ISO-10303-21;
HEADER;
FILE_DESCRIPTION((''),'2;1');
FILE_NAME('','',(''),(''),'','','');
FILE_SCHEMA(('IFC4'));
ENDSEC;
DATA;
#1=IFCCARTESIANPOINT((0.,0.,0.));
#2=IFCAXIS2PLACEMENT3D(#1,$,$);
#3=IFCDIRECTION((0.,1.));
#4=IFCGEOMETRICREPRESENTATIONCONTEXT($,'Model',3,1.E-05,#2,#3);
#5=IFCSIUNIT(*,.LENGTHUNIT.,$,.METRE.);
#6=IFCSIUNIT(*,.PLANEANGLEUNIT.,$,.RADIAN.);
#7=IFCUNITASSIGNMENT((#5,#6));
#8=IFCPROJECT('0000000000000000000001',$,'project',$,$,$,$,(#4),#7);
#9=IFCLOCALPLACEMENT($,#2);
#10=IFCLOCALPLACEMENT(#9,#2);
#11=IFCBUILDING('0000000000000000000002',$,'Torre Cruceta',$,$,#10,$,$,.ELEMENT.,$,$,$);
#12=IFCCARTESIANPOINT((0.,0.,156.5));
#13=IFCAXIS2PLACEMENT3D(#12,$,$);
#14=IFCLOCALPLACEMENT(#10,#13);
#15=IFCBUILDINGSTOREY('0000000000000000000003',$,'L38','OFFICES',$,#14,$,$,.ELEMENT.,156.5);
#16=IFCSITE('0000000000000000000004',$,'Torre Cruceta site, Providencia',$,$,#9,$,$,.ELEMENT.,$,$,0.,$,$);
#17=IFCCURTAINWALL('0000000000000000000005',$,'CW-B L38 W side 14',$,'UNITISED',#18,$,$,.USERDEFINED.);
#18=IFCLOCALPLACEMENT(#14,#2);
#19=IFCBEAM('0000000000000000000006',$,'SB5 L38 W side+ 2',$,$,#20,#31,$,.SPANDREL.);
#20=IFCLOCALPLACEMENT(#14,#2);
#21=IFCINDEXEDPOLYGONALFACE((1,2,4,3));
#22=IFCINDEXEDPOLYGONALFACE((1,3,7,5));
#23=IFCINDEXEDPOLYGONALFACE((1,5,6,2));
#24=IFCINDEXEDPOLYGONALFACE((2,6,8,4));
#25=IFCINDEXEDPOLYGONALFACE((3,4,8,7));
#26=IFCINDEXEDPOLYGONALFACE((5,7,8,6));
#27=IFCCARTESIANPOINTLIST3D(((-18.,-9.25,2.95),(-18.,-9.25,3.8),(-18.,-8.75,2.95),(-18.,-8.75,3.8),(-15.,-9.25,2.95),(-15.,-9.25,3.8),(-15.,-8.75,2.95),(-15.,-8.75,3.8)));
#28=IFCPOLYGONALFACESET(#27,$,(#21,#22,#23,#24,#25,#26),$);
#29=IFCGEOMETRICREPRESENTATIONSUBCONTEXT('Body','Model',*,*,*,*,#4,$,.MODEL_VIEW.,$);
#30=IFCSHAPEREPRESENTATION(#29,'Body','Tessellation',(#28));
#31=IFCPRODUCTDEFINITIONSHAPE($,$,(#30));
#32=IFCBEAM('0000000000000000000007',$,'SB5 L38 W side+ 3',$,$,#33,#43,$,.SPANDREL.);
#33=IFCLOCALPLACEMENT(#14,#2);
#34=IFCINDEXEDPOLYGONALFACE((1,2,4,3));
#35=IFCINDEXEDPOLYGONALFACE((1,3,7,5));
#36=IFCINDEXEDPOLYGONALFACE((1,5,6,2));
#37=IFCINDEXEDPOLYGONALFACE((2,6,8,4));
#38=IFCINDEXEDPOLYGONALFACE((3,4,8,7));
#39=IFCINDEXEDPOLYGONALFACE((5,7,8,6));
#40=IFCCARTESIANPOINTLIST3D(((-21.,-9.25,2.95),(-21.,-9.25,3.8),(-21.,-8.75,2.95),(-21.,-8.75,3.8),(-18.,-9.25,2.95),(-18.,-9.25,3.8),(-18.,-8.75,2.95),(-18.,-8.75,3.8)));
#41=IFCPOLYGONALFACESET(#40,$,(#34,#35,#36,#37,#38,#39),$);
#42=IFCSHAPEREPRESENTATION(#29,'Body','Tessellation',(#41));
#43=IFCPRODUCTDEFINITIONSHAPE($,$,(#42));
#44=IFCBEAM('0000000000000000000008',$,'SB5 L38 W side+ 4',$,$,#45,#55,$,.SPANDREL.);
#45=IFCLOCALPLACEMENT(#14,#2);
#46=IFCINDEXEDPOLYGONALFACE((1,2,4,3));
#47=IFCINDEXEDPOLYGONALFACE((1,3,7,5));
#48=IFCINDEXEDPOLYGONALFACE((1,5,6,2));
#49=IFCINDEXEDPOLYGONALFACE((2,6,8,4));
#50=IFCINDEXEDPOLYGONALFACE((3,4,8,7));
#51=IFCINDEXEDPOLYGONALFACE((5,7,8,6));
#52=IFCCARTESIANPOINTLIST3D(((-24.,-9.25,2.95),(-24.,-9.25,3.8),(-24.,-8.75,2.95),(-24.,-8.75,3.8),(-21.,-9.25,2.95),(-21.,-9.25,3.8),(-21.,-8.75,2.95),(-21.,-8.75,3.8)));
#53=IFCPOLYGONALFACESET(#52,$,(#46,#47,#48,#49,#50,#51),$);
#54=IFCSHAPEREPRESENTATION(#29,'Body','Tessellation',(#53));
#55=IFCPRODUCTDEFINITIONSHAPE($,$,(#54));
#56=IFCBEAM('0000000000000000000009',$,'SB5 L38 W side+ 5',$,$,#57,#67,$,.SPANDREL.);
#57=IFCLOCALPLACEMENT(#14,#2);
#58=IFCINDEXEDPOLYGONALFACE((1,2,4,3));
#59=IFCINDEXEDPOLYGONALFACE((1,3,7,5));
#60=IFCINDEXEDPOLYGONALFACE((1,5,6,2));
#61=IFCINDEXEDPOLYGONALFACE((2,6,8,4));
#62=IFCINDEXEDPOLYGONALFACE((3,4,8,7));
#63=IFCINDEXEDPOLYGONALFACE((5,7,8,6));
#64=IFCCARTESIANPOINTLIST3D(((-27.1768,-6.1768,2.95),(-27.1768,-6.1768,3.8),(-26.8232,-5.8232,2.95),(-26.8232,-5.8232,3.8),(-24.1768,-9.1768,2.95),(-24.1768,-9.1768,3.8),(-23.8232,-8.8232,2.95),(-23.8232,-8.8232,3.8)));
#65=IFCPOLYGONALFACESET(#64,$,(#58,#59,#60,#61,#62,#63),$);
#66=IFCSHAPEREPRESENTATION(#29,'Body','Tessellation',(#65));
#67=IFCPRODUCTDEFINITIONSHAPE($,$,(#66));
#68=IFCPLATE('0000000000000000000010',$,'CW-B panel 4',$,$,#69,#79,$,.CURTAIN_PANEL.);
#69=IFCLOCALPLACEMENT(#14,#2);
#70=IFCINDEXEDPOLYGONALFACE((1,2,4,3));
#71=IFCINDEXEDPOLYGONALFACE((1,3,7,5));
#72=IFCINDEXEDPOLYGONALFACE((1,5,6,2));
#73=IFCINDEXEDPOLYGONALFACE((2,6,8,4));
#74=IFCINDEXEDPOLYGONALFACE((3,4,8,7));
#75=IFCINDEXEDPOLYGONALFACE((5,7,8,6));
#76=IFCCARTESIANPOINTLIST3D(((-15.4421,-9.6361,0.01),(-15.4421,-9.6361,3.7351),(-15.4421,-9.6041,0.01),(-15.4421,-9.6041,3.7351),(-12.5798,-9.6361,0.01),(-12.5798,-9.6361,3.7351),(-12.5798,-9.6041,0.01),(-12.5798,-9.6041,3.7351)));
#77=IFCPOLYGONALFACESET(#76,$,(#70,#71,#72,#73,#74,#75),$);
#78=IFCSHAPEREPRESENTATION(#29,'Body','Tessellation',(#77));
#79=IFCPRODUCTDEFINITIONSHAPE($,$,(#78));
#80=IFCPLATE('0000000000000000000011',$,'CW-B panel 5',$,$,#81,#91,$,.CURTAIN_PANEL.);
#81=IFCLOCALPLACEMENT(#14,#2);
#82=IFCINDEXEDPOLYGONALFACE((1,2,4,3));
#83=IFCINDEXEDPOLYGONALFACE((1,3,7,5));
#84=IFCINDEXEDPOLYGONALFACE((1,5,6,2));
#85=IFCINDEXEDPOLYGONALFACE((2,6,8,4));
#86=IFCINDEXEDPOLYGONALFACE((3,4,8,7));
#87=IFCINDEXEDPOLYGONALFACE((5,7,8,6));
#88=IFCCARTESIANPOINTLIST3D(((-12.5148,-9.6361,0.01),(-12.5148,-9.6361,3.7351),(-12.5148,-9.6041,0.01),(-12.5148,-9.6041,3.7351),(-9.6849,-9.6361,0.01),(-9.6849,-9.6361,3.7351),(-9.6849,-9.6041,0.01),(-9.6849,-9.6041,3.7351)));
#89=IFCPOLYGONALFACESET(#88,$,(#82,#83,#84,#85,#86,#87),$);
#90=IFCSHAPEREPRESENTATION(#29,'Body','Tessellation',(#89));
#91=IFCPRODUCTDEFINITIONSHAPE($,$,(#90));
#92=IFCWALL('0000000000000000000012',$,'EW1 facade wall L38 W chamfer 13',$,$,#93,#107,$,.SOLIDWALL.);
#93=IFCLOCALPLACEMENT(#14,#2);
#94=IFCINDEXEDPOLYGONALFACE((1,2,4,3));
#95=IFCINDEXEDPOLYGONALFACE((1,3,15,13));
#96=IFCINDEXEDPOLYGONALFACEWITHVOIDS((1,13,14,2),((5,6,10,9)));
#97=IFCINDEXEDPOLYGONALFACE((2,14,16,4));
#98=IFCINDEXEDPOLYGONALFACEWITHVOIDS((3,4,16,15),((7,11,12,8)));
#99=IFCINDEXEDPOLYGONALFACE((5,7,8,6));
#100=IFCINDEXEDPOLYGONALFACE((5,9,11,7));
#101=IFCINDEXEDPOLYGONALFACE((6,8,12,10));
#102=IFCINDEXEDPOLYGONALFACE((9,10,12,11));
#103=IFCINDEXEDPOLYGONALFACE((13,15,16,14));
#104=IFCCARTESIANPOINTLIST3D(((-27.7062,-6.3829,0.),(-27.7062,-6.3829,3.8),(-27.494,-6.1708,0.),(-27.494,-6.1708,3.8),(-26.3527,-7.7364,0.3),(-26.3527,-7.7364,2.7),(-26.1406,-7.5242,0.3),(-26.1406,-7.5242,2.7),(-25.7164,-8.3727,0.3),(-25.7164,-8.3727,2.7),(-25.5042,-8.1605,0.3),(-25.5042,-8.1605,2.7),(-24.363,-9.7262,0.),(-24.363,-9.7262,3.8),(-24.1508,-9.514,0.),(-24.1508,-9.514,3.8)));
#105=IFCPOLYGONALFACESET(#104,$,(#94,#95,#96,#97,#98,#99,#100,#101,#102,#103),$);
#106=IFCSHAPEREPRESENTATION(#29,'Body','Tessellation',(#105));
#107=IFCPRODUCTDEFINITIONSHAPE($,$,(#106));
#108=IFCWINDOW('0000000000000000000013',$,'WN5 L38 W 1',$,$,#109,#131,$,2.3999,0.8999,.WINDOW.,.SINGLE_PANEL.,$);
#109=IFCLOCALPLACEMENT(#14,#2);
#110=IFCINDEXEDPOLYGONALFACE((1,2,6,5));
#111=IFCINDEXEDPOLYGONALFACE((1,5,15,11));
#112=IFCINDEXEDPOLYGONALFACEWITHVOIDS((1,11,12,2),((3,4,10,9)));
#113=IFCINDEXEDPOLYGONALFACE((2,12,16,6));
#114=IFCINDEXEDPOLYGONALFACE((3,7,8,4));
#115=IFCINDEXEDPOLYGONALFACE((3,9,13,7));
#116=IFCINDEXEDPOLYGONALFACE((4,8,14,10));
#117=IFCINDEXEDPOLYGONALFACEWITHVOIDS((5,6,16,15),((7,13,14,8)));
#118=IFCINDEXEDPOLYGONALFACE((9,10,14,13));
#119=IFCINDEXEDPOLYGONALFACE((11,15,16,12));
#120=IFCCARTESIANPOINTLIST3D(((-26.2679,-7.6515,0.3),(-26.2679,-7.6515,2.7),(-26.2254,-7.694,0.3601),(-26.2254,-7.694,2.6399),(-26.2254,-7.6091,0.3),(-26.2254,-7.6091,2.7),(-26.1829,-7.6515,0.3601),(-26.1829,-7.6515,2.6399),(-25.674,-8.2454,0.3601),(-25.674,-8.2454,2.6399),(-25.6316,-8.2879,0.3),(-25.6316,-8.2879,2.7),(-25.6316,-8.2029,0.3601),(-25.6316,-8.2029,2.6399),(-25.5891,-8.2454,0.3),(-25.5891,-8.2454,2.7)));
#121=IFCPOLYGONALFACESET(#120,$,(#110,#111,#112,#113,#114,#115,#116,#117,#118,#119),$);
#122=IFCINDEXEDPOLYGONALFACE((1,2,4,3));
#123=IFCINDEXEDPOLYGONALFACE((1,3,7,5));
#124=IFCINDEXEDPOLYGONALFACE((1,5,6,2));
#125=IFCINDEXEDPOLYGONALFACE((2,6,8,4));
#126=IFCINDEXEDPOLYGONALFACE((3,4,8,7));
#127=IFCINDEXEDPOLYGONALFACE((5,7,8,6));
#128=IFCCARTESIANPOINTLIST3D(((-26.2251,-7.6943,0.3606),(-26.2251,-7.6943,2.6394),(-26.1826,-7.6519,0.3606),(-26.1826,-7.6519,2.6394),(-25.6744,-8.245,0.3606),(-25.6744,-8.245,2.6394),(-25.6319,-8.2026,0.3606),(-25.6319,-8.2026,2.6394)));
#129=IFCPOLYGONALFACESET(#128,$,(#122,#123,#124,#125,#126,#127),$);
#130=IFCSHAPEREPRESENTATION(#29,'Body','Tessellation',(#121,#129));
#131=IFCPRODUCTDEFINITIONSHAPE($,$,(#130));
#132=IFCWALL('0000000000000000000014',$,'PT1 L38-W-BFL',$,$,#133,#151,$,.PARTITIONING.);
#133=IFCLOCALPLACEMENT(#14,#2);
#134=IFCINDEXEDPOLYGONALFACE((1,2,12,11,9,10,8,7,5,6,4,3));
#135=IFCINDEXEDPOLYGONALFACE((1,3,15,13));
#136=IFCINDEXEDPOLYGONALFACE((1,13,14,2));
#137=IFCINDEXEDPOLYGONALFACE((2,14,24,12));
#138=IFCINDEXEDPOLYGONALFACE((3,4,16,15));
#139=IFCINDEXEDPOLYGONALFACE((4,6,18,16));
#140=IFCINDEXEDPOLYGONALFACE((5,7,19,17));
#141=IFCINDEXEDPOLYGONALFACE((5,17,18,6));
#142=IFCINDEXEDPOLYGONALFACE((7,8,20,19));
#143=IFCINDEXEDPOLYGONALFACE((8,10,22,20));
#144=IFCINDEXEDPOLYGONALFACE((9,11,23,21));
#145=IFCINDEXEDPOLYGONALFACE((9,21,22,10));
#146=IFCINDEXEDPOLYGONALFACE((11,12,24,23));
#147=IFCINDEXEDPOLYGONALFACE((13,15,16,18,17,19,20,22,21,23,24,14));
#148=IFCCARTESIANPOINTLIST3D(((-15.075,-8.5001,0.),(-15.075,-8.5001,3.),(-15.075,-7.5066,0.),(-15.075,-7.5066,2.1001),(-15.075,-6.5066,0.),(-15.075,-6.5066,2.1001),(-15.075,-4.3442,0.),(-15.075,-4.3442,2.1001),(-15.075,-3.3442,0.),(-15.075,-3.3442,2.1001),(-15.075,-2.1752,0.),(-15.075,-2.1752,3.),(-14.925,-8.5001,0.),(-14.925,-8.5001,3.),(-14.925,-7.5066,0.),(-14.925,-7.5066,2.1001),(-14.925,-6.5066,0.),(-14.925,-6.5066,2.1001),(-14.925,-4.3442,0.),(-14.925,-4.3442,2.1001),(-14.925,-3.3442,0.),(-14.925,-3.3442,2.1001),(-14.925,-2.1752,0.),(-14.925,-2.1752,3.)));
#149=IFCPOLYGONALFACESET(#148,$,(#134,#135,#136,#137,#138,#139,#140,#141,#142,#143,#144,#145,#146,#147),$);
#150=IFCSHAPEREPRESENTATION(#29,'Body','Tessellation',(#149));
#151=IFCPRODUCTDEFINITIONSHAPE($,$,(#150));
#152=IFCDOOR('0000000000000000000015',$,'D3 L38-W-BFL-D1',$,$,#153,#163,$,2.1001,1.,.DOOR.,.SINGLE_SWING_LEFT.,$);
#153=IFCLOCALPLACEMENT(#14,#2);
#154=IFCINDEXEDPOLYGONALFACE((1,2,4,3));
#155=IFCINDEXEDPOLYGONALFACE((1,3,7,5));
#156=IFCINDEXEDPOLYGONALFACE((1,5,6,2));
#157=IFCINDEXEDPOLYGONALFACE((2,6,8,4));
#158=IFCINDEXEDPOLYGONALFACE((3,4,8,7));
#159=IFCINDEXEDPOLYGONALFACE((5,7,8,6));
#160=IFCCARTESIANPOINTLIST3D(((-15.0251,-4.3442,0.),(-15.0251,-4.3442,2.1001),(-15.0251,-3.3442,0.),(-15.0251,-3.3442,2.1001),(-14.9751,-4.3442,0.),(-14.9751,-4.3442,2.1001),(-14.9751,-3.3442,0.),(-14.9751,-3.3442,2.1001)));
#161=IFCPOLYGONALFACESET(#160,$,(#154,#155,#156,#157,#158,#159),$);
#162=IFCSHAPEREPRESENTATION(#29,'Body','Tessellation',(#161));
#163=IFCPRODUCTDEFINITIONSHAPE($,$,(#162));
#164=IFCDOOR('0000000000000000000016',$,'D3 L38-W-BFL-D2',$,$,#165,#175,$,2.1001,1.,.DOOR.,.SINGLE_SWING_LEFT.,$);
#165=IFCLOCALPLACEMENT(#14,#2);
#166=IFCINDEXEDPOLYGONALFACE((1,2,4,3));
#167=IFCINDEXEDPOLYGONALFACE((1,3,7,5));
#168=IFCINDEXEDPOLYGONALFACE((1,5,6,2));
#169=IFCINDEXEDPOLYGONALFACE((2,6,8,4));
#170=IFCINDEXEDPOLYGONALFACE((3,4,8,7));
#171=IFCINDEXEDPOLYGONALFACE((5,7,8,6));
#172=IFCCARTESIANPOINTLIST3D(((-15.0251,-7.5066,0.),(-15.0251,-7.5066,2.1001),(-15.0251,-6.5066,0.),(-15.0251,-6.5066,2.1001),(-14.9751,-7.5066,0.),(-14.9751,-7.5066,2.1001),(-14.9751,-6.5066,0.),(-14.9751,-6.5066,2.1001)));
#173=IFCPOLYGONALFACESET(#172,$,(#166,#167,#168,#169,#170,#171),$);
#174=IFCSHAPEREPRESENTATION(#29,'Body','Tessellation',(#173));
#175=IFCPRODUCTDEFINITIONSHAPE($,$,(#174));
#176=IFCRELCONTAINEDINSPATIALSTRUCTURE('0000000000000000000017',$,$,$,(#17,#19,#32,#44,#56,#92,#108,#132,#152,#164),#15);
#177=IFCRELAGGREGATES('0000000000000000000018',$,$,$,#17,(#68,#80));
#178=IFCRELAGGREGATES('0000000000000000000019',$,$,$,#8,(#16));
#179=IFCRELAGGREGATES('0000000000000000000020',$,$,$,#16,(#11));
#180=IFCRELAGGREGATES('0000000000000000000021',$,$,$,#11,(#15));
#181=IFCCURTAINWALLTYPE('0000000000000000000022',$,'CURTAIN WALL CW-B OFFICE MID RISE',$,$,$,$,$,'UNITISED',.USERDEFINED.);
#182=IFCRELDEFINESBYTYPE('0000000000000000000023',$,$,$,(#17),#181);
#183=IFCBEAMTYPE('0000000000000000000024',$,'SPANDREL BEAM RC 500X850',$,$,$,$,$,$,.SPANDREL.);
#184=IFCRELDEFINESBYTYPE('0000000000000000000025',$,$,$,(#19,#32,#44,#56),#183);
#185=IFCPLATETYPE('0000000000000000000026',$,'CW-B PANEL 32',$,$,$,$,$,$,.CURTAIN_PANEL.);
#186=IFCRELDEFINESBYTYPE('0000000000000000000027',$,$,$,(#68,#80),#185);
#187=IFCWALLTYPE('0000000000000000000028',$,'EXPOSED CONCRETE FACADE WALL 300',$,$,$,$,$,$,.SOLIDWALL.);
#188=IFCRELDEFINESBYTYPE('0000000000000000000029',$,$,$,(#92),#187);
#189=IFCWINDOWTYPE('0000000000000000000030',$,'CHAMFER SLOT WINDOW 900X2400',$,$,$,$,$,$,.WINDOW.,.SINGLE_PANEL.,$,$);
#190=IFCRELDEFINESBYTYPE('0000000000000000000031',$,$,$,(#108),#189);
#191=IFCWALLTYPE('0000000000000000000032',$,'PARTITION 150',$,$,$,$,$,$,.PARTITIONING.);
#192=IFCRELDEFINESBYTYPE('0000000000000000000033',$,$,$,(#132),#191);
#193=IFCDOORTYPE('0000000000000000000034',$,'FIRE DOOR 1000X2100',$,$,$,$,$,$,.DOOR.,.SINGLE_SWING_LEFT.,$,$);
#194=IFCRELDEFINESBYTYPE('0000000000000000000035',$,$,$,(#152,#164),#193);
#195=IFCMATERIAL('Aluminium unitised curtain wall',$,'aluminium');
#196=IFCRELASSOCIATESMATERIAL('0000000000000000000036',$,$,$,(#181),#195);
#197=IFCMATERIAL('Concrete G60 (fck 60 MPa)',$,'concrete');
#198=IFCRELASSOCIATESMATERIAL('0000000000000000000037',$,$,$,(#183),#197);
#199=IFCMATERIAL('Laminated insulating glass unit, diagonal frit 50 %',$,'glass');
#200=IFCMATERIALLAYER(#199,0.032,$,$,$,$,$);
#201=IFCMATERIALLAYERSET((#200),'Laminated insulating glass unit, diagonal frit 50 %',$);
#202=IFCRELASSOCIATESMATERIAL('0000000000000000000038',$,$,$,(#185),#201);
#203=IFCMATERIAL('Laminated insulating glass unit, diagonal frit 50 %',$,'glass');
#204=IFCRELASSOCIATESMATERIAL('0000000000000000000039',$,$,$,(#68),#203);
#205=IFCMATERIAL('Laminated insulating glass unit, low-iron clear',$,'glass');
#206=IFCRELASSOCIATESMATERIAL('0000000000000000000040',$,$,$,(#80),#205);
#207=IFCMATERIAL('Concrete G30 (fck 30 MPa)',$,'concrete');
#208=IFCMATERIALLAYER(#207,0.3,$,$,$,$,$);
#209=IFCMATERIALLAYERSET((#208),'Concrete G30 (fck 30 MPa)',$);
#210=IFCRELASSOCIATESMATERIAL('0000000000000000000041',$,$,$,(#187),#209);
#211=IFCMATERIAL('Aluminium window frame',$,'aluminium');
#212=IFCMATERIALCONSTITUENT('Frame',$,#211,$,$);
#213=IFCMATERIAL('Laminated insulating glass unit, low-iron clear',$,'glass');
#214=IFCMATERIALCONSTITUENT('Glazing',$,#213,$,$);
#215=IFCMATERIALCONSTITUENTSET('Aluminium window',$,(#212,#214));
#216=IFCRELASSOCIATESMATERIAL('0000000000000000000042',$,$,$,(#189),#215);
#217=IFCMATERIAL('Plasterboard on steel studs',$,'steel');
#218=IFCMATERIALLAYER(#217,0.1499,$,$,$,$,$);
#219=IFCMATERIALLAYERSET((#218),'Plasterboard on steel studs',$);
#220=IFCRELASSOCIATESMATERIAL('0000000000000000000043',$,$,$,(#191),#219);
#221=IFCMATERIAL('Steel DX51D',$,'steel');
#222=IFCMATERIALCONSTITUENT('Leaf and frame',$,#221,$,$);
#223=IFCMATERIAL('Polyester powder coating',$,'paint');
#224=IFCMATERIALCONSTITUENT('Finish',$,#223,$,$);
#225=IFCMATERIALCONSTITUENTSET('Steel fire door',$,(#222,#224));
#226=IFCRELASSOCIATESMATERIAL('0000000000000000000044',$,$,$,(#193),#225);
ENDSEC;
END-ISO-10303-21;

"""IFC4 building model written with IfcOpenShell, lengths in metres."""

from ifc_helpers import new_model, si_unit, direction, frame, frame_2d, origin, origin_2d, place, context, subcontext, project, spatial, rectangle, hollow_rectangle, extrude, material, layer, layer_set, constituent, constituent_set, material_profile, profile_set, type_object, element, fill, aggregate, save


model = new_model("IFC4")

# Units and contexts
model_context = context("Model", 3, precision=1e-05, world=origin(), true_north=direction((0.0, 1.0)))
body_context = subcontext(model_context, "Body", "Model", "MODEL_VIEW")
ifc_project = project(units=[si_unit("LENGTHUNIT", "METRE"), si_unit("PLANEANGLEUNIT", "RADIAN")], contexts=[model_context])

# Site, building, storey
site_placement = place(None, origin())
site = spatial("IfcSite", under=ifc_project, at=site_placement, Name="Torre Cruceta site, Providencia", CompositionType="ELEMENT", RefElevation=0.0)
building_placement = place(site_placement, origin())
building = spatial("IfcBuilding", under=site, at=building_placement, Name="Torre Cruceta", CompositionType="ELEMENT")
storey_placement = place(building_placement, frame((0.0, 0.0, 156.5)))
storey = spatial("IfcBuildingStorey", under=building, at=storey_placement, Name="L38", Description="OFFICES", CompositionType="ELEMENT", Elevation=156.5)

# Curtain wall
ifc_material_1 = material(Name="Aluminium unitised curtain wall", Category="aluminium")
curtain_wall_type = type_object("IfcCurtainWallType", Name="CURTAIN WALL CW-B OFFICE MID RISE", ElementType="UNITISED", PredefinedType="USERDEFINED", material=ifc_material_1)
curtain_wall_placement = place(storey_placement, origin())
curtain_wall = element("IfcCurtainWall", 1, at=curtain_wall_placement, inside=storey, type_object=curtain_wall_type, Name="CW-B L38 W side 14", ObjectType="UNITISED", PredefinedType="USERDEFINED")

# Beams
ifc_material_2 = material(Name="Concrete G60 (fck 60 MPa)", Category="concrete")
ifc_material_profile_1 = material_profile(ifc_material_2, rectangle(XDim=0.5, YDim=0.8501, at=origin_2d()), Name="RC 500X850")
ifc_profile_set_1 = profile_set([ifc_material_profile_1], Name="Concrete G60 (fck 60 MPa)")
beam_type_1 = type_object("IfcBeamType", Name="SPANDREL BEAM RC 500X850", PredefinedType="SPANDREL", material=ifc_profile_set_1)
for number, where, z_axis, x_axis, name in (
    (2, (-15.0, -9.0, 3.375), (-1.0, 0.0, 0.0), (0.0, -1.0, 0.0), "SB5 L38 W side+ 2"),
    (3, (-18.0, -9.0, 3.375), (-1.0, 0.0, 0.0), (0.0, -1.0, 0.0), "SB5 L38 W side+ 3"),
    (4, (-21.0, -9.0, 3.375), (-1.0, 0.0, 0.0), (0.0, -1.0, 0.0), "SB5 L38 W side+ 4"),
):
    element("IfcBeam", number, at=place(storey_placement, frame(where, z_axis=z_axis, x_axis=x_axis)), inside=storey, type_object=beam_type_1, Name=name, PredefinedType="SPANDREL", context=body_context, shape_type="SweptSolid", body=[
        extrude(rectangle(XDim=0.5, YDim=0.8501, at=origin_2d()), origin(), (0.0, 0.0, 1.0), 3.0),
    ])
beam_1_placement = place(storey_placement, frame((-24.0, -9.0, 3.375), z_axis=(-0.707107, 0.707107, 0.0), x_axis=(-0.707107, -0.707107, 0.0)))
element("IfcBeam", 5, at=beam_1_placement, inside=storey, type_object=beam_type_1, Name="SB5 L38 W side+ 5", PredefinedType="SPANDREL", context=body_context, shape_type="SweptSolid", body=[
    extrude(rectangle(XDim=0.5, YDim=0.8501, at=origin_2d()), origin(), (0.0, 0.0, 1.0), 4.2427),
])

# Plates
ifc_material_3 = material(Name="Laminated insulating glass unit, diagonal frit 50 %", Category="glass")
ifc_material_4 = material(Name="Laminated insulating glass unit, diagonal frit 50 %", Category="glass")
ifc_layer_1 = layer(ifc_material_4, 0.032)
ifc_layer_set_1 = layer_set([ifc_layer_1], Name="Laminated insulating glass unit, diagonal frit 50 %")
plate_type = type_object("IfcPlateType", Name="CW-B PANEL 32", PredefinedType="CURTAIN_PANEL", material=ifc_layer_set_1)
plate_1_placement = place(storey_placement, frame((-14.011, -9.6201, 0.01), z_axis=(0.0, 0.0, 1.0), x_axis=(1.0, 0.0, 0.0)))
plate_1 = element("IfcPlate", 6, at=plate_1_placement, type_object=plate_type, material=ifc_material_3, Name="CW-B panel 4", PredefinedType="CURTAIN_PANEL", context=body_context, shape_type="SweptSolid", body=[
    extrude(rectangle(XDim=2.8623, YDim=0.032, at=origin_2d()), origin(), (0.0, 0.0, 1.0), 3.7251),
])
ifc_material_5 = material(Name="Laminated insulating glass unit, low-iron clear", Category="glass")
plate_2_placement = place(storey_placement, frame((-11.0999, -9.6201, 0.01), z_axis=(0.0, 0.0, 1.0), x_axis=(1.0, 0.0, 0.0)))
plate_2 = element("IfcPlate", 7, at=plate_2_placement, type_object=plate_type, material=ifc_material_5, Name="CW-B panel 5", PredefinedType="CURTAIN_PANEL", context=body_context, shape_type="SweptSolid", body=[
    extrude(rectangle(XDim=2.8298, YDim=0.032, at=origin_2d()), origin(), (0.0, 0.0, 1.0), 3.7251),
])
aggregate(curtain_wall, [plate_1, plate_2])

# Wall, opening, window
ifc_material_6 = material(Name="Concrete G30 (fck 30 MPa)", Category="concrete")
ifc_layer_2 = layer(ifc_material_6, 0.3)
ifc_layer_set_2 = layer_set([ifc_layer_2], Name="Concrete G30 (fck 30 MPa)")
wall_type_1 = type_object("IfcWallType", Name="EXPOSED CONCRETE FACADE WALL 300", PredefinedType="SOLIDWALL", material=ifc_layer_set_2)
wall_1_placement = place(storey_placement, frame((-27.6001, -6.2769, 0.0), z_axis=(0.0, 0.0, 1.0), x_axis=(0.707107, -0.707107, 0.0)))
wall_1 = element("IfcWall", 8, at=wall_1_placement, inside=storey, type_object=wall_type_1, Name="EW1 facade wall L38 W chamfer 13", PredefinedType="SOLIDWALL", context=body_context, shape_type="SweptSolid", body=[
    extrude(rectangle(XDim=4.728, YDim=0.3, at=frame_2d((2.364, 0.0))), origin(), (0.0, 0.0, 1.0), 3.8),
])
opening_1_placement = place(wall_1_placement, frame((1.9141, 0.0, 0.3)))
opening_1 = element("IfcOpeningElement", 9, at=opening_1_placement, cuts=wall_1, PredefinedType="OPENING", context=body_context, shape_type="SweptSolid", body=[
    extrude(rectangle(XDim=0.8999, YDim=2.3999, at=frame_2d((0.45, 1.2))), frame((0.0, 0.1599, 0.0), z_axis=(0.0, -1.0, 0.0), x_axis=(1.0, 0.0, 0.0)), (0.0, 0.0, 1.0), 0.3201),
])
ifc_material_7 = material(Name="Aluminium window frame", Category="aluminium")
ifc_constituent_1 = constituent(ifc_material_7, Name="Frame")
ifc_material_8 = material(Name="Laminated insulating glass unit, low-iron clear", Category="glass")
ifc_constituent_2 = constituent(ifc_material_8, Name="Glazing")
ifc_constituent_set_1 = constituent_set(constituents=[ifc_constituent_1, ifc_constituent_2], Name="Aluminium window")
window_type = type_object("IfcWindowType", Name="CHAMFER SLOT WINDOW 900X2400", PartitioningType="SINGLE_PANEL", PredefinedType="WINDOW", material=ifc_constituent_set_1)
window_placement = place(opening_1_placement, origin())
window = element("IfcWindow", 10, at=window_placement, inside=storey, type_object=window_type, Name="WN5 L38 W 1", OverallHeight=2.3999, OverallWidth=0.8999, PartitioningType="SINGLE_PANEL", PredefinedType="WINDOW", context=body_context, shape_type="SweptSolid", body=[
    extrude(hollow_rectangle(XDim=0.8999, YDim=2.3999, WallThickness=0.0601, at=frame_2d((0.45, 1.2))), frame((0.0, 0.03, 0.0), z_axis=(0.0, -1.0, 0.0), x_axis=(1.0, 0.0, 0.0)), (0.0, 0.0, 1.0), 0.0601),
    extrude(rectangle(XDim=0.7788, YDim=2.2788, at=frame_2d((0.45, 1.2))), frame((0.0, 0.03, 0.0), z_axis=(0.0, -1.0, 0.0), x_axis=(1.0, 0.0, 0.0)), (0.0, 0.0, 1.0), 0.0601),
])
fill(opening_1, window)

# Wall, openings, doors
ifc_material_9 = material(Name="Plasterboard on steel studs", Category="steel")
ifc_layer_3 = layer(ifc_material_9, 0.1499)
ifc_layer_set_3 = layer_set([ifc_layer_3], Name="Plasterboard on steel studs")
wall_type_2 = type_object("IfcWallType", Name="PARTITION 150", PredefinedType="PARTITIONING", material=ifc_layer_set_3)
wall_2_placement = place(storey_placement, frame((-15.0, -2.175, 0.0), z_axis=(0.0, 0.0, 1.0), x_axis=(0.0, -1.0, 0.0)))
wall_2 = element("IfcWall", 11, at=wall_2_placement, inside=storey, type_object=wall_type_2, Name="PT1 L38-W-BFL", PredefinedType="PARTITIONING", context=body_context, shape_type="SweptSolid", body=[
    extrude(rectangle(XDim=6.325, YDim=0.1499, at=frame_2d((3.1626, 0.0))), origin(), (0.0, 0.0, 1.0), 3.0),
])
opening_2_placement = place(wall_2_placement, frame((1.1692, 0.0, 0.0)))
opening_2 = element("IfcOpeningElement", 12, at=opening_2_placement, cuts=wall_2, PredefinedType="OPENING", context=body_context, shape_type="SweptSolid", body=[
    extrude(rectangle(XDim=1.0, YDim=2.1001, at=frame_2d((0.5, 1.05))), frame((0.0, 0.085, 0.0), z_axis=(0.0, -1.0, 0.0), x_axis=(1.0, 0.0, 0.0)), (0.0, 0.0, 1.0), 0.1699),
])
opening_3_placement = place(wall_2_placement, frame((4.3315, 0.0, 0.0)))
opening_3 = element("IfcOpeningElement", 13, at=opening_3_placement, cuts=wall_2, PredefinedType="OPENING", context=body_context, shape_type="SweptSolid", body=[
    extrude(rectangle(XDim=1.0, YDim=2.1001, at=frame_2d((0.5, 1.05))), frame((0.0, 0.085, 0.0), z_axis=(0.0, -1.0, 0.0), x_axis=(1.0, 0.0, 0.0)), (0.0, 0.0, 1.0), 0.1699),
])
ifc_material_10 = material(Name="Steel DX51D", Category="steel")
ifc_constituent_3 = constituent(ifc_material_10, Name="Leaf and frame")
ifc_material_11 = material(Name="Polyester powder coating", Category="paint")
ifc_constituent_4 = constituent(ifc_material_11, Name="Finish")
ifc_constituent_set_2 = constituent_set(constituents=[ifc_constituent_3, ifc_constituent_4], Name="Steel fire door")
door_type = type_object("IfcDoorType", Name="FIRE DOOR 1000X2100", OperationType="SINGLE_SWING_LEFT", PredefinedType="DOOR", material=ifc_constituent_set_2)
door_1_placement = place(opening_2_placement, origin())
door_1 = element("IfcDoor", 14, at=door_1_placement, inside=storey, type_object=door_type, Name="D3 L38-W-BFL-D1", OperationType="SINGLE_SWING_LEFT", OverallHeight=2.1001, OverallWidth=1.0, PredefinedType="DOOR", context=body_context, shape_type="SweptSolid", body=[
    extrude(rectangle(XDim=1.0, YDim=2.1001, at=frame_2d((0.5, 1.05))), frame((0.0, 0.0249, 0.0), z_axis=(0.0, -1.0, 0.0), x_axis=(1.0, 0.0, 0.0)), (0.0, 0.0, 1.0), 0.05),
])
fill(opening_2, door_1)
door_2_placement = place(opening_3_placement, origin())
door_2 = element("IfcDoor", 15, at=door_2_placement, inside=storey, type_object=door_type, Name="D3 L38-W-BFL-D2", OperationType="SINGLE_SWING_LEFT", OverallHeight=2.1001, OverallWidth=1.0, PredefinedType="DOOR", context=body_context, shape_type="SweptSolid", body=[
    extrude(rectangle(XDim=1.0, YDim=2.1001, at=frame_2d((0.5, 1.05))), frame((0.0, 0.0249, 0.0), z_axis=(0.0, -1.0, 0.0), x_axis=(1.0, 0.0, 0.0)), (0.0, 0.0, 1.0), 0.05),
])
fill(opening_3, door_2)

save(model, "model.ifc")
